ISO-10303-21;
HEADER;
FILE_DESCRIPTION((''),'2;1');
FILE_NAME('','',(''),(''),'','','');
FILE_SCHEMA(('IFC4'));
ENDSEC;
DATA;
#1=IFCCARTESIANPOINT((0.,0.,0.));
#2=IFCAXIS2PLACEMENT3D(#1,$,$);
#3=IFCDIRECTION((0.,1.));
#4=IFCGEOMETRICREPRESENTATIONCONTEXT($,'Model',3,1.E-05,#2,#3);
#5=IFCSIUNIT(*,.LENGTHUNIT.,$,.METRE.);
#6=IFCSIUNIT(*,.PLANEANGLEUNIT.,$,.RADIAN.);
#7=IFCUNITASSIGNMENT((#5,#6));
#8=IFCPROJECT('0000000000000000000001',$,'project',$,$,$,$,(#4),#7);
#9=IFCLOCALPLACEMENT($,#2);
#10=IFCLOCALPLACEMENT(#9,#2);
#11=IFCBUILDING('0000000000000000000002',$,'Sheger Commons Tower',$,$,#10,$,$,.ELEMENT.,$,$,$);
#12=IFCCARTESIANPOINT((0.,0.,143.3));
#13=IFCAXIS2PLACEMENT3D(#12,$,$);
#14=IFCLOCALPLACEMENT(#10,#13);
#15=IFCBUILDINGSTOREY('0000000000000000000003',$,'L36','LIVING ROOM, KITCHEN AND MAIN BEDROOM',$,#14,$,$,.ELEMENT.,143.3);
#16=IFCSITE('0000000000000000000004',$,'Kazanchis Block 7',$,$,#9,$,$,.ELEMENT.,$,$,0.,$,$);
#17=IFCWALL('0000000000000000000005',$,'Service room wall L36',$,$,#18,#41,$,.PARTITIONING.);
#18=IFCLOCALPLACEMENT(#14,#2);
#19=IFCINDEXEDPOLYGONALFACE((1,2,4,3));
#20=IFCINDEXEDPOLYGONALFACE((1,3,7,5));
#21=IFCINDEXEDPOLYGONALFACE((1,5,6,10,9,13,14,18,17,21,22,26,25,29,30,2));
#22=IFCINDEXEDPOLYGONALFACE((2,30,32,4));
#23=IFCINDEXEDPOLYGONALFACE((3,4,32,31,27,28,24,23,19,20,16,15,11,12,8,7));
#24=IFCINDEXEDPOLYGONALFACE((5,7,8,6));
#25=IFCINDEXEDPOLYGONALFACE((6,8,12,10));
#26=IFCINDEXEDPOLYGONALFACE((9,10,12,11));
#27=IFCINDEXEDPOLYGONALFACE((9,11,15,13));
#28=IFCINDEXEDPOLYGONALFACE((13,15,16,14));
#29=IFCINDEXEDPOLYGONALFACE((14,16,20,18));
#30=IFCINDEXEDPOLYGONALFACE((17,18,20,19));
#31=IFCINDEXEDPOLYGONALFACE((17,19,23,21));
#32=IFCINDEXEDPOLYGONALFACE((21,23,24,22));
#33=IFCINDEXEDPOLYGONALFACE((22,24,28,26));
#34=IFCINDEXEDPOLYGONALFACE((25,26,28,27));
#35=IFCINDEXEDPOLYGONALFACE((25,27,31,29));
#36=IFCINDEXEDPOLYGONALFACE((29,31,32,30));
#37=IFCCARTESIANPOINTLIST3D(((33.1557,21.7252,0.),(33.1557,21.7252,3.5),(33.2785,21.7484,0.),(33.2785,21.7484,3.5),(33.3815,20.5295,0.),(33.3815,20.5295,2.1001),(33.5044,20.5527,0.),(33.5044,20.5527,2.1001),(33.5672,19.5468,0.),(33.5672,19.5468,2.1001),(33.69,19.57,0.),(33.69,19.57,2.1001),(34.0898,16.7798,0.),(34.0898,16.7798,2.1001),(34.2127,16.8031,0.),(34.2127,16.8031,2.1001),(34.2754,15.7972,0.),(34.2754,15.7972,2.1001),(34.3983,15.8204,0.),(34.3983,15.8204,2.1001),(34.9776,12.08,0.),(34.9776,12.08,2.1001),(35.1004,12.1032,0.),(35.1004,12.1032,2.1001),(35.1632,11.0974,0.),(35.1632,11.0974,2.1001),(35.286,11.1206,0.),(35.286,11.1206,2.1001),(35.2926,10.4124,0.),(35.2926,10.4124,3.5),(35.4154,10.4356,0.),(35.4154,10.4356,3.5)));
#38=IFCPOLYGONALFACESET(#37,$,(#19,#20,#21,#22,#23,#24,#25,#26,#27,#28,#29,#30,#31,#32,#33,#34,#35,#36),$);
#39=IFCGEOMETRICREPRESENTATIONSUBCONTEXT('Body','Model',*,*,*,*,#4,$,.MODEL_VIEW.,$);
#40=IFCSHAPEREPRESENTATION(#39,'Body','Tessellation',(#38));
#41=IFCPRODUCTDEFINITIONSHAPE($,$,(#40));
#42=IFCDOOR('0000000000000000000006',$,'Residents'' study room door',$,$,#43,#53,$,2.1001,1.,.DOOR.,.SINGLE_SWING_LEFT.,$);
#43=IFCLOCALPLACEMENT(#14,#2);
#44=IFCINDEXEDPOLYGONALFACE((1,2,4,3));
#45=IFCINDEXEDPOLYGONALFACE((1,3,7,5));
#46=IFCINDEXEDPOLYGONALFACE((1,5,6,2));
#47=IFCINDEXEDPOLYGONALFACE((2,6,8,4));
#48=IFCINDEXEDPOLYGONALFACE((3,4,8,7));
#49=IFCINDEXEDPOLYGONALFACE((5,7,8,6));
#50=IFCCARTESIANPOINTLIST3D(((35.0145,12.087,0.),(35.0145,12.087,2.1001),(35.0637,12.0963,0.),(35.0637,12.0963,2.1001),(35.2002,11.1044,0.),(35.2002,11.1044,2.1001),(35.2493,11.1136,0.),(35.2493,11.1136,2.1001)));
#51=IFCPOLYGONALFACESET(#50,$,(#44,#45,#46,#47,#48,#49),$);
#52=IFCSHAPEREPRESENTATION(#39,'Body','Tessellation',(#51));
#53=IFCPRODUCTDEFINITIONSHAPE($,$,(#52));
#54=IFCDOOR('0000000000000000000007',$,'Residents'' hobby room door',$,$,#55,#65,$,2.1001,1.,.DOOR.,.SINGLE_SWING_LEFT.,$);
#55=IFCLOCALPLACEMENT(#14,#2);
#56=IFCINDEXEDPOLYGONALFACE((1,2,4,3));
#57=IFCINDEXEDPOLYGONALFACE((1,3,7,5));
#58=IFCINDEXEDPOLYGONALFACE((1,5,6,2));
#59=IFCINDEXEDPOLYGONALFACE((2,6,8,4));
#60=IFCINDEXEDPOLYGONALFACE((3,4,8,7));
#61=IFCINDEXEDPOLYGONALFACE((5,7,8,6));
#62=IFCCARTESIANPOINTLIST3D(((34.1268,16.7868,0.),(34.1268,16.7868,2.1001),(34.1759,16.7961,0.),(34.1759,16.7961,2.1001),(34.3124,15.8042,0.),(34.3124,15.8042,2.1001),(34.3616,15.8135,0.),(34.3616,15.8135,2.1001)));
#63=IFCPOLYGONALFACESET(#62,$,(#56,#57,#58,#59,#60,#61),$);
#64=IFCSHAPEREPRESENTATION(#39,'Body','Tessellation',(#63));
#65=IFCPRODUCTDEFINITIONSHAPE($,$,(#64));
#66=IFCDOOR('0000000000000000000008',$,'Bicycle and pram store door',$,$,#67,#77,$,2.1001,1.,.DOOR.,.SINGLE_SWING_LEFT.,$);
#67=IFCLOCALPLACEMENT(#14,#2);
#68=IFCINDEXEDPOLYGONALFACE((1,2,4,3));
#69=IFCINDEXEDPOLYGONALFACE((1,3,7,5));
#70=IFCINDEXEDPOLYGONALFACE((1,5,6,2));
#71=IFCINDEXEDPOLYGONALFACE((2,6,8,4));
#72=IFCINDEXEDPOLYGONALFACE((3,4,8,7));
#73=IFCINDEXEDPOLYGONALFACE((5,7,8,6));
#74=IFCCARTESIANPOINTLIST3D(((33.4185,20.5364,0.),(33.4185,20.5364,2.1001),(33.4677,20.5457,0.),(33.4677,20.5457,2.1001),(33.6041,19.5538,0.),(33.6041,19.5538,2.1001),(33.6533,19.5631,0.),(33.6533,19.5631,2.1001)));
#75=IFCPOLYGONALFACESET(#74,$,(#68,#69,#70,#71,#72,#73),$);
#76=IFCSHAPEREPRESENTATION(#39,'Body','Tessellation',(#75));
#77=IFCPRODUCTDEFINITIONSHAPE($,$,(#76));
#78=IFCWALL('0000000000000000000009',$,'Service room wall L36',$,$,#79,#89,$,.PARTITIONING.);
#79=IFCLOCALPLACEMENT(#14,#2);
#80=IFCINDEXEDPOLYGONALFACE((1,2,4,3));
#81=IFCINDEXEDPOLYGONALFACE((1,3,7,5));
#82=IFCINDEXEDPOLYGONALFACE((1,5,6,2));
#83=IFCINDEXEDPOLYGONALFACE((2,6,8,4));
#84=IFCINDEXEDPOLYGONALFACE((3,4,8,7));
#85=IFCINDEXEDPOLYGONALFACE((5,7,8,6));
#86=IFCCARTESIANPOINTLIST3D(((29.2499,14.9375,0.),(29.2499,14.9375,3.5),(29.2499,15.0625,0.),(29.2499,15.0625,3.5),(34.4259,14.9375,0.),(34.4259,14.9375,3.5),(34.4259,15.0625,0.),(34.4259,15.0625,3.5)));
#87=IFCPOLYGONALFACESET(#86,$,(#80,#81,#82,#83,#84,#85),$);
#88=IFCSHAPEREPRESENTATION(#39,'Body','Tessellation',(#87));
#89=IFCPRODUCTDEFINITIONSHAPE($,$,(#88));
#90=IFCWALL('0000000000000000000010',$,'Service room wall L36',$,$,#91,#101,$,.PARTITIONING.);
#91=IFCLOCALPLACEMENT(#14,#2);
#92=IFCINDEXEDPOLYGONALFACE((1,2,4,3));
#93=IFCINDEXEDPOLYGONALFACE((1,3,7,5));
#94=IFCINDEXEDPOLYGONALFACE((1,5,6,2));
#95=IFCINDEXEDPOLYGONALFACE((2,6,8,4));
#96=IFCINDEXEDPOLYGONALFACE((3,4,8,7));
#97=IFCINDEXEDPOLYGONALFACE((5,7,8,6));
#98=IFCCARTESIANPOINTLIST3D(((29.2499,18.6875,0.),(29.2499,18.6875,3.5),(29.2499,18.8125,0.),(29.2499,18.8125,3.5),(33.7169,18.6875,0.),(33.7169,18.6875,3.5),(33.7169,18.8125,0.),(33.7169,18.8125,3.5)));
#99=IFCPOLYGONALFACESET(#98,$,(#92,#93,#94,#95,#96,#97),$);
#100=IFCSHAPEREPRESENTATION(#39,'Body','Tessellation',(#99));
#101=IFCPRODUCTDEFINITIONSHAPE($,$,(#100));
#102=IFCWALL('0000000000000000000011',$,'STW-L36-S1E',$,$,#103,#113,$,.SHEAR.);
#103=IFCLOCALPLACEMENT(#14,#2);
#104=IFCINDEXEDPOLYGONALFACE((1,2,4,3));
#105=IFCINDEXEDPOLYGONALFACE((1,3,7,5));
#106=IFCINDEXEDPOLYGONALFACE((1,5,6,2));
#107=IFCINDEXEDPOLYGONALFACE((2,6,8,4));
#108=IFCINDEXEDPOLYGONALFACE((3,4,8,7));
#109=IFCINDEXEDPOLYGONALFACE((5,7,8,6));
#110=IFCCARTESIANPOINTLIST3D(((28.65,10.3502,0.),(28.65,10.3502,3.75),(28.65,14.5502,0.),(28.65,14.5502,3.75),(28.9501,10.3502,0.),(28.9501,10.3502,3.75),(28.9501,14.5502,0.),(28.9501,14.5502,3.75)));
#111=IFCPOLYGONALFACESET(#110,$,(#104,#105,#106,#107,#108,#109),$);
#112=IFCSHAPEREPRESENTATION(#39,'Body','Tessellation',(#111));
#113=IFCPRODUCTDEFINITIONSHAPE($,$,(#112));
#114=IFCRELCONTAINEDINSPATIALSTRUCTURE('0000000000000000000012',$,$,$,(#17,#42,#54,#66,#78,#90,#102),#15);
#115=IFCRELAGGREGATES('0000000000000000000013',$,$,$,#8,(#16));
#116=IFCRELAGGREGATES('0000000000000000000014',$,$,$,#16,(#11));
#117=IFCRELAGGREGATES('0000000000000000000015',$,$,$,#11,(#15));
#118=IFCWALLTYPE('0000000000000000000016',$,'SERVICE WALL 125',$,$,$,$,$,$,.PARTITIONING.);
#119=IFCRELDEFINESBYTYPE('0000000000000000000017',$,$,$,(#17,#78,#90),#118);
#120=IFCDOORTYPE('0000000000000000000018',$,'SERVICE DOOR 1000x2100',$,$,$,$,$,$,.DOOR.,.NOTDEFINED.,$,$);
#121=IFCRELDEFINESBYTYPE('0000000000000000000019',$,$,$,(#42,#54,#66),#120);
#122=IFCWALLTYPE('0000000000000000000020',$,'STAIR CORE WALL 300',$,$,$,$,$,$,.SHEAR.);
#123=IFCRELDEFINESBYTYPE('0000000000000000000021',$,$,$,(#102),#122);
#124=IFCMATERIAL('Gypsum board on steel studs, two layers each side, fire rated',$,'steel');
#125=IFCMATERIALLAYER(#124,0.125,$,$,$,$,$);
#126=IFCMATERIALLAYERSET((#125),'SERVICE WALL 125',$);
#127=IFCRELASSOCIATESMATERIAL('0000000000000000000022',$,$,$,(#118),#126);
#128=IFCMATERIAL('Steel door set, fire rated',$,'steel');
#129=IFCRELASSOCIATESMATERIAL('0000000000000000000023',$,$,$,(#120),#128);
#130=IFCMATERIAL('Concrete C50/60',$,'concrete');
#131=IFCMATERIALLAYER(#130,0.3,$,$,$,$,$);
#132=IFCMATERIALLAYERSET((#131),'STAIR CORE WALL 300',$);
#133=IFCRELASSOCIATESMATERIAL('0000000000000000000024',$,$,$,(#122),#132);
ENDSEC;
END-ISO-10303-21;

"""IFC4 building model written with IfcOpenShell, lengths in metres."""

from ifc_helpers import new_model, si_unit, direction, frame, frame_2d, origin, place, context, subcontext, project, spatial, rectangle, extrude, material, layer, layer_set, type_object, element, fill, save


model = new_model("IFC4")

# Units and contexts
model_context = context("Model", 3, precision=1e-05, world=origin(), true_north=direction((0.0, 1.0)))
body_context = subcontext(model_context, "Body", "Model", "MODEL_VIEW")
ifc_project = project(units=[si_unit("LENGTHUNIT", "METRE"), si_unit("PLANEANGLEUNIT", "RADIAN")], contexts=[model_context])

# Site, building, storey
site_placement = place(None, origin())
site = spatial("IfcSite", under=ifc_project, at=site_placement, Name="Kazanchis Block 7", CompositionType="ELEMENT", RefElevation=0.0)
building_placement = place(site_placement, origin())
building = spatial("IfcBuilding", under=site, at=building_placement, Name="Sheger Commons Tower", CompositionType="ELEMENT")
storey_placement = place(building_placement, frame((0.0, 0.0, 143.3)))
storey = spatial("IfcBuildingStorey", under=building, at=storey_placement, Name="L36", Description="LIVING ROOM, KITCHEN AND MAIN BEDROOM", CompositionType="ELEMENT", Elevation=143.3)

# Shared definitions
ifc_material_1 = material(Name="Gypsum board on steel studs, two layers each side, fire rated", Category="steel")
ifc_layer_1 = layer(ifc_material_1, 0.125)
ifc_layer_set_1 = layer_set([ifc_layer_1], Name="SERVICE WALL 125")
wall_type_1 = type_object("IfcWallType", Name="SERVICE WALL 125", PredefinedType="PARTITIONING", material=ifc_layer_set_1)

# Wall, openings, doors
wall_1_placement = place(storey_placement, frame((35.354, 10.4241, 0.0), z_axis=(0.0, 0.0, 1.0), x_axis=(-0.185612, 0.982623, 0.0)))
wall_1 = element("IfcWall", 1, at=wall_1_placement, inside=storey, type_object=wall_type_1, Name="Service room wall L36", PredefinedType="PARTITIONING", context=body_context, shape_type="SweptSolid", body=[
    extrude(rectangle(XDim=11.5129, YDim=0.125, at=frame_2d((5.7563, 0.0))), origin(), (0.0, 0.0, 1.0), 3.5),
])
opening_1_placement = place(wall_1_placement, frame((0.697, 0.0, 0.0)))
opening_1 = element("IfcOpeningElement", 2, at=opening_1_placement, cuts=wall_1, PredefinedType="OPENING", context=body_context, shape_type="SweptSolid", body=[
    extrude(rectangle(XDim=1.0, YDim=2.1001, at=frame_2d((0.5, 1.05))), frame((0.0, 0.0725, 0.0), z_axis=(0.0, -1.0, 0.0), x_axis=(1.0, 0.0, 0.0)), (0.0, 0.0, 1.0), 0.145),
])
opening_2_placement = place(wall_1_placement, frame((5.48, 0.0, 0.0)))
opening_2 = element("IfcOpeningElement", 3, at=opening_2_placement, cuts=wall_1, PredefinedType="OPENING", context=body_context, shape_type="SweptSolid", body=[
    extrude(rectangle(XDim=1.0, YDim=2.1001, at=frame_2d((0.5, 1.05))), frame((0.0, 0.0725, 0.0), z_axis=(0.0, -1.0, 0.0), x_axis=(1.0, 0.0, 0.0)), (0.0, 0.0, 1.0), 0.145),
])
opening_3_placement = place(wall_1_placement, frame((9.2959, 0.0, 0.0)))
opening_3 = element("IfcOpeningElement", 4, at=opening_3_placement, cuts=wall_1, PredefinedType="OPENING", context=body_context, shape_type="SweptSolid", body=[
    extrude(rectangle(XDim=1.0, YDim=2.1001, at=frame_2d((0.5, 1.05))), frame((0.0, 0.0725, 0.0), z_axis=(0.0, -1.0, 0.0), x_axis=(1.0, 0.0, 0.0)), (0.0, 0.0, 1.0), 0.145),
])
ifc_material_2 = material(Name="Steel door set, fire rated", Category="steel")
door_type = type_object("IfcDoorType", Name="SERVICE DOOR 1000x2100", OperationType="NOTDEFINED", PredefinedType="DOOR", material=ifc_material_2)
door_1_placement = place(opening_1_placement, origin())
door_1 = element("IfcDoor", 5, at=door_1_placement, inside=storey, type_object=door_type, Name="Residents' study room door", OperationType="SINGLE_SWING_LEFT", OverallHeight=2.1001, OverallWidth=1.0, PredefinedType="DOOR", context=body_context, shape_type="SweptSolid", body=[
    extrude(rectangle(XDim=1.0, YDim=2.1001, at=frame_2d((0.5, 1.05))), frame((0.0, 0.0249, 0.0), z_axis=(0.0, -1.0, 0.0), x_axis=(1.0, 0.0, 0.0)), (0.0, 0.0, 1.0), 0.05),
])
fill(opening_1, door_1)
door_2_placement = place(opening_2_placement, origin())
door_2 = element("IfcDoor", 6, at=door_2_placement, inside=storey, type_object=door_type, Name="Residents' hobby room door", OperationType="SINGLE_SWING_LEFT", OverallHeight=2.1001, OverallWidth=1.0, PredefinedType="DOOR", context=body_context, shape_type="SweptSolid", body=[
    extrude(rectangle(XDim=1.0, YDim=2.1001, at=frame_2d((0.5, 1.05))), frame((0.0, 0.0249, 0.0), z_axis=(0.0, -1.0, 0.0), x_axis=(1.0, 0.0, 0.0)), (0.0, 0.0, 1.0), 0.05),
])
fill(opening_2, door_2)
door_3_placement = place(opening_3_placement, origin())
door_3 = element("IfcDoor", 7, at=door_3_placement, inside=storey, type_object=door_type, Name="Bicycle and pram store door", OperationType="SINGLE_SWING_LEFT", OverallHeight=2.1001, OverallWidth=1.0, PredefinedType="DOOR", context=body_context, shape_type="SweptSolid", body=[
    extrude(rectangle(XDim=1.0, YDim=2.1001, at=frame_2d((0.5, 1.05))), frame((0.0, 0.0249, 0.0), z_axis=(0.0, -1.0, 0.0), x_axis=(1.0, 0.0, 0.0)), (0.0, 0.0, 1.0), 0.05),
])
fill(opening_3, door_3)

# Walls
wall_2_placement = place(storey_placement, frame((29.25, 15.0, 0.0), z_axis=(0.0, 0.0, 1.0), x_axis=(1.0, 0.0, 0.0)))
element("IfcWall", 8, at=wall_2_placement, inside=storey, type_object=wall_type_1, Name="Service room wall L36", PredefinedType="PARTITIONING", context=body_context, shape_type="SweptSolid", body=[
    extrude(rectangle(XDim=5.176, YDim=0.125, at=frame_2d((2.5879, 0.0))), origin(), (0.0, 0.0, 1.0), 3.5),
])
wall_3_placement = place(storey_placement, frame((29.25, 18.75, 0.0), z_axis=(0.0, 0.0, 1.0), x_axis=(1.0, 0.0, 0.0)))
element("IfcWall", 9, at=wall_3_placement, inside=storey, type_object=wall_type_1, Name="Service room wall L36", PredefinedType="PARTITIONING", context=body_context, shape_type="SweptSolid", body=[
    extrude(rectangle(XDim=4.467, YDim=0.125, at=frame_2d((2.2334, 0.0))), origin(), (0.0, 0.0, 1.0), 3.5),
])
ifc_material_3 = material(Name="Concrete C50/60", Category="concrete")
ifc_layer_2 = layer(ifc_material_3, 0.3)
ifc_layer_set_2 = layer_set([ifc_layer_2], Name="STAIR CORE WALL 300")
wall_type_2 = type_object("IfcWallType", Name="STAIR CORE WALL 300", PredefinedType="SHEAR", material=ifc_layer_set_2)
wall_4_placement = place(storey_placement, frame((28.8, 10.3501, 0.0), z_axis=(0.0, 0.0, 1.0), x_axis=(0.0, 1.0, 0.0)))
element("IfcWall", 10, at=wall_4_placement, inside=storey, type_object=wall_type_2, Name="STW-L36-S1E", PredefinedType="SHEAR", context=body_context, shape_type="SweptSolid", body=[
    extrude(rectangle(XDim=4.2, YDim=0.3, at=frame_2d((2.1001, 0.0))), origin(), (0.0, 0.0, 1.0), 3.75),
])

save(model, "model.ifc")
